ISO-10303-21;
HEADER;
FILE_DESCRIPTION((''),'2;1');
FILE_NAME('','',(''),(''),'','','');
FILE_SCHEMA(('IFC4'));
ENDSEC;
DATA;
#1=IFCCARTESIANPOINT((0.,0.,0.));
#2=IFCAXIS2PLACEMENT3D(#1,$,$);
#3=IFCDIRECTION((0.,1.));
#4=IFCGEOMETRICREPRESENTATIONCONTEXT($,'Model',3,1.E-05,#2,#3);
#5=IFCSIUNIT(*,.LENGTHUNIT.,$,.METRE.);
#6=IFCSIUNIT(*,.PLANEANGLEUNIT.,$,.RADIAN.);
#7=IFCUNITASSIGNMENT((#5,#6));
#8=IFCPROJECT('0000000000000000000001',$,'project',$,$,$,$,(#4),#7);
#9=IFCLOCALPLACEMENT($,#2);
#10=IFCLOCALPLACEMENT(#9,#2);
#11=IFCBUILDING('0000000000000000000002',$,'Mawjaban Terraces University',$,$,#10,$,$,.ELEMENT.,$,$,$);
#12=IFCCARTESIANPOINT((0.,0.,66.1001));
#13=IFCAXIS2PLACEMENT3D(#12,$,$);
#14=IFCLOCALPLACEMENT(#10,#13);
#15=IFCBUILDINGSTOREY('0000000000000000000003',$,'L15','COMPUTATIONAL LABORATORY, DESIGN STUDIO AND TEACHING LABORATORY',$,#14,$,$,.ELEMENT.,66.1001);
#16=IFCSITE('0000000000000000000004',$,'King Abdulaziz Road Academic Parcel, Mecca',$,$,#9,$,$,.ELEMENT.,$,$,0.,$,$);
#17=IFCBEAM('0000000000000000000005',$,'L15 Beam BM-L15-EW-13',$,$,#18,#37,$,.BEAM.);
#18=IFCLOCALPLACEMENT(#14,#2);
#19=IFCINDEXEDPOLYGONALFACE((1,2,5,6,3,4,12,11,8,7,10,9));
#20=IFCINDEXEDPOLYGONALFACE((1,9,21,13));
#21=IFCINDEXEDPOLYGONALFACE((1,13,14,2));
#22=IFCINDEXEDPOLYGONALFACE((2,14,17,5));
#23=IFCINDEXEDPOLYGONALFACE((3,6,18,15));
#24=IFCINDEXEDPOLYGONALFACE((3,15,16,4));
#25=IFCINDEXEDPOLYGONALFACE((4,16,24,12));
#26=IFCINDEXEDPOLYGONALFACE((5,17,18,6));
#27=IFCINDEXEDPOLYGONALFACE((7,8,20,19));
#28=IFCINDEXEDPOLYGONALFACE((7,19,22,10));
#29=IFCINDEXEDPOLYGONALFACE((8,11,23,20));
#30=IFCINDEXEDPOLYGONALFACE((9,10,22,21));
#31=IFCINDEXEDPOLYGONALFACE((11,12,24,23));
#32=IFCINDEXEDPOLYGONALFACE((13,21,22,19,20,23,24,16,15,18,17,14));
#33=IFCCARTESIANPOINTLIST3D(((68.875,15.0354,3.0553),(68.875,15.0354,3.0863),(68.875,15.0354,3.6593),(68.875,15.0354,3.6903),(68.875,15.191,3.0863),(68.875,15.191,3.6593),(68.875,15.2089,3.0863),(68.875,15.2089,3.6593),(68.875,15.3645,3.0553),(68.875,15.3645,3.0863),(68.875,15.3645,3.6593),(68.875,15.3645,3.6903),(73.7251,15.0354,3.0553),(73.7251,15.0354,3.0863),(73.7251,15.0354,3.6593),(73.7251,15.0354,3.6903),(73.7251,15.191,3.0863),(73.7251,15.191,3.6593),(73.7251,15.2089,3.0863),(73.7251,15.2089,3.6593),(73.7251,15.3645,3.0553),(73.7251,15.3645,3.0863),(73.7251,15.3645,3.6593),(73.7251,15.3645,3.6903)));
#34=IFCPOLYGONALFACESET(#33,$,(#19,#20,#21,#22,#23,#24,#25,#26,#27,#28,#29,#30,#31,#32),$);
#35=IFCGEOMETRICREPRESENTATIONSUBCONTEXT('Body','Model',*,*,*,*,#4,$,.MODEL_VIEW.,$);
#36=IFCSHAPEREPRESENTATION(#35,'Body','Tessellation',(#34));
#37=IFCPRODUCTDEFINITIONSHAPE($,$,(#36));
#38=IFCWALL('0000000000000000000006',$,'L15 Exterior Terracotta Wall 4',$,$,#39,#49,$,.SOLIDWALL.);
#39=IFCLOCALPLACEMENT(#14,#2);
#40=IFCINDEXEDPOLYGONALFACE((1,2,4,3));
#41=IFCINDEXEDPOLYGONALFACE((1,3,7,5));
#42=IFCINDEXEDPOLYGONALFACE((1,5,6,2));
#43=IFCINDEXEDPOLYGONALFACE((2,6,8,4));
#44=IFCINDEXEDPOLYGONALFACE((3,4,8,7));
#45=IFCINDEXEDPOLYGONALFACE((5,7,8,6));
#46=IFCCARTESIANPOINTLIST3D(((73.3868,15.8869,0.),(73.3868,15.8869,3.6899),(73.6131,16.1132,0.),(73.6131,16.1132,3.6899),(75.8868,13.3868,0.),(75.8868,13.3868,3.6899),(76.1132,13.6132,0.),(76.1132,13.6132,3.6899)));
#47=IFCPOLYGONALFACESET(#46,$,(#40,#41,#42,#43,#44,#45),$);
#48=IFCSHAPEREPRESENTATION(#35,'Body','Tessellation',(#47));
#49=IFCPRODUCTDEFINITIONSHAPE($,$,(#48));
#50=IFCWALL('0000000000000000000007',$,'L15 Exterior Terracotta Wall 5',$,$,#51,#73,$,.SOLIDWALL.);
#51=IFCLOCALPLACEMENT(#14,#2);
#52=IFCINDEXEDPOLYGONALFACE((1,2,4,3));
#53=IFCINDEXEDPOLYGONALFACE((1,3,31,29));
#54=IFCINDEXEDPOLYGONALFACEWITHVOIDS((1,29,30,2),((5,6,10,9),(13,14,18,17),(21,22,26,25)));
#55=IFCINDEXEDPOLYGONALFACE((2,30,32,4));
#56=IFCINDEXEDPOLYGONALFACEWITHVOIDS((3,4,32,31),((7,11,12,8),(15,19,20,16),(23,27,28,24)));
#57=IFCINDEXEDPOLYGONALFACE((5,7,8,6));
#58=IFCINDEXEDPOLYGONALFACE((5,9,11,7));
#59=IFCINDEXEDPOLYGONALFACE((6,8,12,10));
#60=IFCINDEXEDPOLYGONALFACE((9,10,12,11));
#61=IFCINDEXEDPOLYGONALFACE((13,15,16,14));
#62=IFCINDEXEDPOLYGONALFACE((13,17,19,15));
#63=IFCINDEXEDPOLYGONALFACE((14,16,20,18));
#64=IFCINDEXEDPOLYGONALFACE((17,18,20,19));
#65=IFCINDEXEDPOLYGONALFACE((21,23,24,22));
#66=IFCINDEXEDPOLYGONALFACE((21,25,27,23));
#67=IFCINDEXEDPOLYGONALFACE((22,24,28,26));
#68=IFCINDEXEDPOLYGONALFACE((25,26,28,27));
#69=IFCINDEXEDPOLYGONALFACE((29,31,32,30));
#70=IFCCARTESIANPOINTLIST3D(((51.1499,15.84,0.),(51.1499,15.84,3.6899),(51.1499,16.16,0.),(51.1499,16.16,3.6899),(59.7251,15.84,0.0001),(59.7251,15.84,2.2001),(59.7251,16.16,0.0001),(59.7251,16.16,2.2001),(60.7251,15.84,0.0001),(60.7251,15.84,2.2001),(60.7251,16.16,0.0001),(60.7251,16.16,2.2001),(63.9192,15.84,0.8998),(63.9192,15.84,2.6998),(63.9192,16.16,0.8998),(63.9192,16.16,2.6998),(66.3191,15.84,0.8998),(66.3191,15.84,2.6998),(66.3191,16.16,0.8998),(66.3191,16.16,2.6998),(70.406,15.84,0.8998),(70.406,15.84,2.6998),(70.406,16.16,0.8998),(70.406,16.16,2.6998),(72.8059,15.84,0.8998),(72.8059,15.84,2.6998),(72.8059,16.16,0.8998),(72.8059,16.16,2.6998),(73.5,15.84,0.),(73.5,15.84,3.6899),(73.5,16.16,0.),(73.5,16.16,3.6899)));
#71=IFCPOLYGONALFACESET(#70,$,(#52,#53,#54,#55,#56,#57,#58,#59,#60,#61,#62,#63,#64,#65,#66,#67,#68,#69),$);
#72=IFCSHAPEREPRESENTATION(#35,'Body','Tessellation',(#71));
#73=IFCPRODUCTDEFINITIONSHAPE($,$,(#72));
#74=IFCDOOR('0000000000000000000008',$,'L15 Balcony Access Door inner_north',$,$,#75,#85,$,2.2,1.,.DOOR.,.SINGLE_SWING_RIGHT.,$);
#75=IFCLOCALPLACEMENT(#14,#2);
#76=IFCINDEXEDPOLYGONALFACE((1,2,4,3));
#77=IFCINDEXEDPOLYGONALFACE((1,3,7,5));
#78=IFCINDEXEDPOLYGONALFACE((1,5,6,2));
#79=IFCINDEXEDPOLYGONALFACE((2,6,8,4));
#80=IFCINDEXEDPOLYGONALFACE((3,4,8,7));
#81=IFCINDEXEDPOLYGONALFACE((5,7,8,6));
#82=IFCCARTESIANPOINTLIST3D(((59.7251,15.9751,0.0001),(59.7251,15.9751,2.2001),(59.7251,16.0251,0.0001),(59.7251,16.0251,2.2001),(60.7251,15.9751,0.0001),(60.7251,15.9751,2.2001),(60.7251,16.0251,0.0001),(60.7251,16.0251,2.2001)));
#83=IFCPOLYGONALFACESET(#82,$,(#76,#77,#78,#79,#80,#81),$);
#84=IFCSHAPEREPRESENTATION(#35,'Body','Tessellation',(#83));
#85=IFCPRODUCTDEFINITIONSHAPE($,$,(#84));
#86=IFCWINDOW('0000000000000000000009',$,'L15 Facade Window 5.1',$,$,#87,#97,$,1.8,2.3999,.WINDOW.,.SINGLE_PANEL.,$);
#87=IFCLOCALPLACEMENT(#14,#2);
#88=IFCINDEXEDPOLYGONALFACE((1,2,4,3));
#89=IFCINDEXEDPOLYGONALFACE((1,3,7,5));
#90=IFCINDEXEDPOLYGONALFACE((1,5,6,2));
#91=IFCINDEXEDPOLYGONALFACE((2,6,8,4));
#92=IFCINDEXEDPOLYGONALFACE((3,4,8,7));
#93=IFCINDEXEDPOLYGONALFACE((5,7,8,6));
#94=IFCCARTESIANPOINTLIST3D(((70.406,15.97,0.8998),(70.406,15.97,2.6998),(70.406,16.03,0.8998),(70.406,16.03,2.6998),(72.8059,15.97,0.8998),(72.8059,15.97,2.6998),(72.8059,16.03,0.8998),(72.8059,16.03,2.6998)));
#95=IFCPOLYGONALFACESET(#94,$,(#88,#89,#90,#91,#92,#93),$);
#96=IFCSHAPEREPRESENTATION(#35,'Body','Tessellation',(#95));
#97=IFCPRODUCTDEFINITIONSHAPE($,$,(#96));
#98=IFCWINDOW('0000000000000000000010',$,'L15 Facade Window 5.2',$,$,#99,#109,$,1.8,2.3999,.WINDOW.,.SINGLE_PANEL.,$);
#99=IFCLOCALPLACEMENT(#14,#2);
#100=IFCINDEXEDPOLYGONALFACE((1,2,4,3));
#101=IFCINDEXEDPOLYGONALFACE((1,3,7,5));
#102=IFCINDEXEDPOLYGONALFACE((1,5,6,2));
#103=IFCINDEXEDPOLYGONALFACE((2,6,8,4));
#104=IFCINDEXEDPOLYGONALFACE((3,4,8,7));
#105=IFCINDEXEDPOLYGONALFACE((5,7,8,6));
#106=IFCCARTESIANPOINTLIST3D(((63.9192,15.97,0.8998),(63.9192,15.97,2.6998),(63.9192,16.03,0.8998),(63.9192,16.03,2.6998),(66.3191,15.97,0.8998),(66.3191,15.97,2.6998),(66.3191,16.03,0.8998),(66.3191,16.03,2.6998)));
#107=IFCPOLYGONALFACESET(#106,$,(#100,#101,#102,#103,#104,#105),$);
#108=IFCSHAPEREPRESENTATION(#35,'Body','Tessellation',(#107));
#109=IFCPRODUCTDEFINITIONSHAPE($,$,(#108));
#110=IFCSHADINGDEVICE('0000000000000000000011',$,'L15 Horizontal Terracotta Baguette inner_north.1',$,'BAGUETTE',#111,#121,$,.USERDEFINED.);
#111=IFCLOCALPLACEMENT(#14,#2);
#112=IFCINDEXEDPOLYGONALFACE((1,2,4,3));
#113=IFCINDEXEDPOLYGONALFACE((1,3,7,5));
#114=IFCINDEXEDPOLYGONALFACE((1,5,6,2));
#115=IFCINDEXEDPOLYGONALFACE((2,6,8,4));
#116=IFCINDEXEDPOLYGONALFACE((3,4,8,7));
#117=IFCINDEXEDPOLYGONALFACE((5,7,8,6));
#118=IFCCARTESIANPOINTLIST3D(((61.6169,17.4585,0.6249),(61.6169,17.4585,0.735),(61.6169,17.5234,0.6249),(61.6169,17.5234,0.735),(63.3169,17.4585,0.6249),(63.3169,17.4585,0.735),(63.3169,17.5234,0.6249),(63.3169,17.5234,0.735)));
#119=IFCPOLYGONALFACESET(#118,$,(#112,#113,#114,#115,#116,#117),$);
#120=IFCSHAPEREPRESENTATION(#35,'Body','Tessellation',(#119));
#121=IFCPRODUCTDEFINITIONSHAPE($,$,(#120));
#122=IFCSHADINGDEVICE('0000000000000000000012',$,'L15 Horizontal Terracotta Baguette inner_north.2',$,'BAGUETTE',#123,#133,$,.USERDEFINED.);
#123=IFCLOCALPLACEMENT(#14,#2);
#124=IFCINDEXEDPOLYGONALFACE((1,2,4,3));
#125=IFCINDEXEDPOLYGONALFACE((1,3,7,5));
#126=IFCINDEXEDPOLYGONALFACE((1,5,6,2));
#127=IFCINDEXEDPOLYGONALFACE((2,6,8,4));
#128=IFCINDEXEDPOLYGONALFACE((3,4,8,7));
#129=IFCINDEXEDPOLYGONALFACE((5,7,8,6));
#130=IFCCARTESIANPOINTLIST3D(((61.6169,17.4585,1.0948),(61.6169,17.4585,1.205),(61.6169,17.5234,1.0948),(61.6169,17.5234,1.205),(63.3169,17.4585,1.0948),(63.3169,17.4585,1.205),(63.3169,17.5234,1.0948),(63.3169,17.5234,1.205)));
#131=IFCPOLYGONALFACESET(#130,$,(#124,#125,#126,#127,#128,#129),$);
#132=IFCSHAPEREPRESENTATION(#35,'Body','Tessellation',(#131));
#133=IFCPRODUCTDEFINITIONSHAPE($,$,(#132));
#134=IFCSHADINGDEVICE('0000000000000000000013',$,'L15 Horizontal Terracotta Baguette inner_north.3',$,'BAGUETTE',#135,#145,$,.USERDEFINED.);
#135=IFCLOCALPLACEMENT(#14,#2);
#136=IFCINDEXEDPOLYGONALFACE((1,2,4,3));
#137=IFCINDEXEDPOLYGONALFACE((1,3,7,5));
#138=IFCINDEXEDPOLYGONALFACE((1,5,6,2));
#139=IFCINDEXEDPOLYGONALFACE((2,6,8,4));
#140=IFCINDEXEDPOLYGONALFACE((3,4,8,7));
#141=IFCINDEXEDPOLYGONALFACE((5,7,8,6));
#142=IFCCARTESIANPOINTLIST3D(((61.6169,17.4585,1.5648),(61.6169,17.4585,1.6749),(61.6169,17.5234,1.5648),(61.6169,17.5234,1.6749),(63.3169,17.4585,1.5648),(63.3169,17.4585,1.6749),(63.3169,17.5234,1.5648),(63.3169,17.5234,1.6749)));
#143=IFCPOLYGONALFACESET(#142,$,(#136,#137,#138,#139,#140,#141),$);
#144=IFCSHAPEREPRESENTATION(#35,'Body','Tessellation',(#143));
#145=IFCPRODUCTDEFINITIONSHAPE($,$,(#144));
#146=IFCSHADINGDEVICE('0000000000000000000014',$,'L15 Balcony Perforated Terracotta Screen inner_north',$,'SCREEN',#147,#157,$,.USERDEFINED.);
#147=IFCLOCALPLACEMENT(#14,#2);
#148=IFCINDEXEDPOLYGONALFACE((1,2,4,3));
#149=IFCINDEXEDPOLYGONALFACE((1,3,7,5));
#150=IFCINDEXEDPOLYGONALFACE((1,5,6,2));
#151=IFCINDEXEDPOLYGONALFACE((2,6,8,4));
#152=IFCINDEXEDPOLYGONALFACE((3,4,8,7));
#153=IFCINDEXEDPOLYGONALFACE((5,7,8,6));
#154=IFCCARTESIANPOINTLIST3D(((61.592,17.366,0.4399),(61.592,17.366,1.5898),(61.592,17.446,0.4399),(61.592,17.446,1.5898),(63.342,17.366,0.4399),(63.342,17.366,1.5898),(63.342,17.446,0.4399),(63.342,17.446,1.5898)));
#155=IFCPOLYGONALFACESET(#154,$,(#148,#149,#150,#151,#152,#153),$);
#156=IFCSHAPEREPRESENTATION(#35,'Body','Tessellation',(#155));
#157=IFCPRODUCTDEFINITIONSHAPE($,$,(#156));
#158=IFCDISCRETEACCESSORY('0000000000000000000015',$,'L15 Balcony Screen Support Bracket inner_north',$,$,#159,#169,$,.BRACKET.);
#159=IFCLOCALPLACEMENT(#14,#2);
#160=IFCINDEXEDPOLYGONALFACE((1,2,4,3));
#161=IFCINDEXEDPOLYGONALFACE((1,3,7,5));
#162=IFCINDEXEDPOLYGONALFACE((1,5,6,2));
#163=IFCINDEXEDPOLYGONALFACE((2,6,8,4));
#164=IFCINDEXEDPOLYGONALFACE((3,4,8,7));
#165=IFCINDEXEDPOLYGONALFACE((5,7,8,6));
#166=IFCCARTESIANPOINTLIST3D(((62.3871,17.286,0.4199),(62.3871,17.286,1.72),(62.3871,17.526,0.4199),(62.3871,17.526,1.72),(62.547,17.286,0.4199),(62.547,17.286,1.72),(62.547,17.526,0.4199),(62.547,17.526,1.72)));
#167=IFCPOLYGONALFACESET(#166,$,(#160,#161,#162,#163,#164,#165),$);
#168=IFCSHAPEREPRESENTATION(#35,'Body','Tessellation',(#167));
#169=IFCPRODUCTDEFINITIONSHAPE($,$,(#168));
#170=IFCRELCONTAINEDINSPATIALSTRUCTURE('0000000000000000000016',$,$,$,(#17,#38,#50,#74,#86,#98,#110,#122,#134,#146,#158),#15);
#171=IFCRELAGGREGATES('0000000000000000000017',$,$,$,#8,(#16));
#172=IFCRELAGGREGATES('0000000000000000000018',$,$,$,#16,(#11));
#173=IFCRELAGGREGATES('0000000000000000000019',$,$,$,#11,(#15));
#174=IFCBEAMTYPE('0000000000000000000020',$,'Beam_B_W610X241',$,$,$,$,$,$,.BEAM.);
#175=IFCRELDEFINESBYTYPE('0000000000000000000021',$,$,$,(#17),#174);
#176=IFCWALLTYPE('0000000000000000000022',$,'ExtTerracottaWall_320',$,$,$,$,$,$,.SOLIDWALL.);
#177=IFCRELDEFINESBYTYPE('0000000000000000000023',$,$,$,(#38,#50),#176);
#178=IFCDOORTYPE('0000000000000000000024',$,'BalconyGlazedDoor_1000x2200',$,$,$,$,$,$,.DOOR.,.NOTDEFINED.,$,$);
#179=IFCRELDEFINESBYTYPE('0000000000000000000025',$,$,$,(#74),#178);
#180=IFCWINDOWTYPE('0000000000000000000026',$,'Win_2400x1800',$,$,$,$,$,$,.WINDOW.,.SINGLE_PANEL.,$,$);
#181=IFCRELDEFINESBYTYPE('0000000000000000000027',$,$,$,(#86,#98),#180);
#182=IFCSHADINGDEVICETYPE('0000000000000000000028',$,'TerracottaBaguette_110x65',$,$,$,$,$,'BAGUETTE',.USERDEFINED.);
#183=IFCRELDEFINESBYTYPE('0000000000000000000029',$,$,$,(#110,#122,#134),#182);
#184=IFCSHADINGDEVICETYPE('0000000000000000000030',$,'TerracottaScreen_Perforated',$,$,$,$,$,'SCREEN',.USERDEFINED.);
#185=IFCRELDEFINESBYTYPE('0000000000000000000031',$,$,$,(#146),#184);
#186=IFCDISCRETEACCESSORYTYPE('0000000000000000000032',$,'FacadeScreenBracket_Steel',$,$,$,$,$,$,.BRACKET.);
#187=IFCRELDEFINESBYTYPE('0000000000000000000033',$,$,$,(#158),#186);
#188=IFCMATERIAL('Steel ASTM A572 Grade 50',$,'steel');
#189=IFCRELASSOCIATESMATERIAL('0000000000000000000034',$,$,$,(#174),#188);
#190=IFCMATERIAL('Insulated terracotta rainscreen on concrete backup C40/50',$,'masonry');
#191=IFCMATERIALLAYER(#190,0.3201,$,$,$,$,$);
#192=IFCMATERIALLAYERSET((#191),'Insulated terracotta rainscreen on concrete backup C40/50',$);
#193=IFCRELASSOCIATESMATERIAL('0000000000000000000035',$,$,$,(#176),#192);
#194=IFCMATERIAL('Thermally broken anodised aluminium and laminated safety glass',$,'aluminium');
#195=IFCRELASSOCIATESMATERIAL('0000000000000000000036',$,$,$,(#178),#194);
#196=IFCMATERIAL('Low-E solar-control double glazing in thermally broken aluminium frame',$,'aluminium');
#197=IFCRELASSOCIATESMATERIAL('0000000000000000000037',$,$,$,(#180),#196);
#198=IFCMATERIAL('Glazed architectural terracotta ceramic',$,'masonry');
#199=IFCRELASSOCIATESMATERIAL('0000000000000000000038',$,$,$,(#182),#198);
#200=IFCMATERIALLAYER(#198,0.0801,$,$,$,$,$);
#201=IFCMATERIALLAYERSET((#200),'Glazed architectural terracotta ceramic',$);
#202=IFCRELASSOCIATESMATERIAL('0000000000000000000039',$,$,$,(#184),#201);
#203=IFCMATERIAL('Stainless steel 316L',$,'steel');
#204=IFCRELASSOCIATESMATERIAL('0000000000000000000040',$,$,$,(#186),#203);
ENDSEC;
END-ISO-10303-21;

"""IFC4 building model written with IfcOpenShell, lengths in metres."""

from ifc_helpers import new_model, si_unit, direction, frame, frame_2d, origin, origin_2d, place, context, subcontext, project, spatial, rectangle, i_section, extrude, material, layer, layer_set, material_profile, profile_set, type_object, element, fill, save


model = new_model("IFC4")

# Units and contexts
model_context = context("Model", 3, precision=1e-05, world=origin(), true_north=direction((0.0, 1.0)))
body_context = subcontext(model_context, "Body", "Model", "MODEL_VIEW")
ifc_project = project(units=[si_unit("LENGTHUNIT", "METRE"), si_unit("PLANEANGLEUNIT", "RADIAN")], contexts=[model_context])

# Site, building, storey
site_placement = place(None, origin())
site = spatial("IfcSite", under=ifc_project, at=site_placement, Name="King Abdulaziz Road Academic Parcel, Mecca", CompositionType="ELEMENT", RefElevation=0.0)
building_placement = place(site_placement, origin())
building = spatial("IfcBuilding", under=site, at=building_placement, Name="Mawjaban Terraces University", CompositionType="ELEMENT")
storey_placement = place(building_placement, frame((0.0, 0.0, 66.1001)))
storey = spatial("IfcBuildingStorey", under=building, at=storey_placement, Name="L15", Description="COMPUTATIONAL LABORATORY, DESIGN STUDIO AND TEACHING LABORATORY", CompositionType="ELEMENT", Elevation=66.1001)

# Beam
ifc_material_1 = material(Name="Steel ASTM A572 Grade 50", Category="steel")
ifc_material_profile_1 = material_profile(ifc_material_1, i_section(OverallWidth=0.3291, OverallDepth=0.635, WebThickness=0.0178, FlangeThickness=0.031, at=origin_2d()), Name="W610X241")
ifc_profile_set_1 = profile_set([ifc_material_profile_1], Name="Steel ASTM A572 Grade 50")
beam_type_1 = type_object("IfcBeamType", Name="Beam_B_W610X241", PredefinedType="BEAM", material=ifc_profile_set_1)
beam_1_placement = place(storey_placement, frame((68.875, 15.2, 3.3728), z_axis=(1.0, 0.0, 0.0), x_axis=(0.0, 1.0, 0.0)))
element("IfcBeam", 1, at=beam_1_placement, inside=storey, type_object=beam_type_1, Name="L15 Beam BM-L15-EW-13", PredefinedType="BEAM", context=body_context, shape_type="SweptSolid", body=[
    extrude(i_section(OverallWidth=0.3291, OverallDepth=0.635, WebThickness=0.0178, FlangeThickness=0.031, at=origin_2d()), origin(), (0.0, 0.0, 1.0), 4.8501),
])

# Wall
ifc_material_2 = material(Name="Insulated terracotta rainscreen on concrete backup C40/50", Category="masonry")
ifc_layer_1 = layer(ifc_material_2, 0.3201)
ifc_layer_set_1 = layer_set([ifc_layer_1], Name="Insulated terracotta rainscreen on concrete backup C40/50")
wall_type = type_object("IfcWallType", Name="ExtTerracottaWall_320", PredefinedType="SOLIDWALL", material=ifc_layer_set_1)
wall_1_placement = place(storey_placement, frame((76.0, 13.5, 0.0), z_axis=(0.0, 0.0, 1.0), x_axis=(-0.707107, 0.707107, 0.0)))
element("IfcWall", 2, at=wall_1_placement, inside=storey, type_object=wall_type, Name="L15 Exterior Terracotta Wall 4", PredefinedType="SOLIDWALL", context=body_context, shape_type="SweptSolid", body=[
    extrude(rectangle(XDim=3.5356, YDim=0.3201, at=frame_2d((1.7678, 0.0))), origin(), (0.0, 0.0, 1.0), 3.6899),
])

# Wall, openings, door, windows
wall_2_placement = place(storey_placement, frame((73.5, 16.0, 0.0), z_axis=(0.0, 0.0, 1.0), x_axis=(-1.0, 0.0, 0.0)))
wall_2 = element("IfcWall", 3, at=wall_2_placement, inside=storey, type_object=wall_type, Name="L15 Exterior Terracotta Wall 5", PredefinedType="SOLIDWALL", context=body_context, shape_type="SweptSolid", body=[
    extrude(rectangle(XDim=22.3501, YDim=0.3201, at=frame_2d((11.175, 0.0))), origin(), (0.0, 0.0, 1.0), 3.6899),
])
opening_1_placement = place(wall_2_placement, frame((12.7749, 0.0, 0.0)))
opening_1 = element("IfcOpeningElement", 4, at=opening_1_placement, cuts=wall_2, PredefinedType="OPENING", context=body_context, shape_type="SweptSolid", body=[
    extrude(rectangle(XDim=1.0, YDim=2.2, at=frame_2d((0.5, 1.1001))), frame((0.0, 0.1699, 0.0), z_axis=(0.0, -1.0, 0.0), x_axis=(1.0, 0.0, 0.0)), (0.0, 0.0, 1.0), 0.3401),
])
opening_2_placement = place(wall_2_placement, frame((0.6941, 0.0, 0.8999)))
opening_2 = element("IfcOpeningElement", 5, at=opening_2_placement, cuts=wall_2, PredefinedType="OPENING", context=body_context, shape_type="SweptSolid", body=[
    extrude(rectangle(XDim=2.3999, YDim=1.8, at=frame_2d((1.2, 0.8999))), frame((0.0, 0.1699, 0.0), z_axis=(0.0, -1.0, 0.0), x_axis=(1.0, 0.0, 0.0)), (0.0, 0.0, 1.0), 0.3401),
])
opening_3_placement = place(wall_2_placement, frame((7.1809, 0.0, 0.8999)))
opening_3 = element("IfcOpeningElement", 6, at=opening_3_placement, cuts=wall_2, PredefinedType="OPENING", context=body_context, shape_type="SweptSolid", body=[
    extrude(rectangle(XDim=2.3999, YDim=1.8, at=frame_2d((1.2, 0.8999))), frame((0.0, 0.1699, 0.0), z_axis=(0.0, -1.0, 0.0), x_axis=(1.0, 0.0, 0.0)), (0.0, 0.0, 1.0), 0.3401),
])
ifc_material_3 = material(Name="Thermally broken anodised aluminium and laminated safety glass", Category="aluminium")
door_type = type_object("IfcDoorType", Name="BalconyGlazedDoor_1000x2200", OperationType="NOTDEFINED", PredefinedType="DOOR", material=ifc_material_3)
door_placement = place(opening_1_placement, origin())
door = element("IfcDoor", 7, at=door_placement, inside=storey, type_object=door_type, Name="L15 Balcony Access Door inner_north", OperationType="SINGLE_SWING_RIGHT", OverallHeight=2.2, OverallWidth=1.0, PredefinedType="DOOR", context=body_context, shape_type="SweptSolid", body=[
    extrude(rectangle(XDim=1.0, YDim=2.2, at=frame_2d((0.5, 1.1001))), frame((0.0, 0.0249, 0.0), z_axis=(0.0, -1.0, 0.0), x_axis=(1.0, 0.0, 0.0)), (0.0, 0.0, 1.0), 0.05),
])
fill(opening_1, door)
ifc_material_4 = material(Name="Low-E solar-control double glazing in thermally broken aluminium frame", Category="aluminium")
window_type = type_object("IfcWindowType", Name="Win_2400x1800", PartitioningType="SINGLE_PANEL", PredefinedType="WINDOW", material=ifc_material_4)
window_1_placement = place(opening_2_placement, origin())
window_1 = element("IfcWindow", 8, at=window_1_placement, inside=storey, type_object=window_type, Name="L15 Facade Window 5.1", OverallHeight=1.8, OverallWidth=2.3999, PartitioningType="SINGLE_PANEL", PredefinedType="WINDOW", context=body_context, shape_type="SweptSolid", body=[
    extrude(rectangle(XDim=2.3999, YDim=1.8, at=frame_2d((1.2, 0.8999))), frame((0.0, 0.03, 0.0), z_axis=(0.0, -1.0, 0.0), x_axis=(1.0, 0.0, 0.0)), (0.0, 0.0, 1.0), 0.0601),
])
fill(opening_2, window_1)
window_2_placement = place(opening_3_placement, origin())
window_2 = element("IfcWindow", 9, at=window_2_placement, inside=storey, type_object=window_type, Name="L15 Facade Window 5.2", OverallHeight=1.8, OverallWidth=2.3999, PartitioningType="SINGLE_PANEL", PredefinedType="WINDOW", context=body_context, shape_type="SweptSolid", body=[
    extrude(rectangle(XDim=2.3999, YDim=1.8, at=frame_2d((1.2, 0.8999))), frame((0.0, 0.03, 0.0), z_axis=(0.0, -1.0, 0.0), x_axis=(1.0, 0.0, 0.0)), (0.0, 0.0, 1.0), 0.0601),
])
fill(opening_3, window_2)

# Shading devices
ifc_material_5 = material(Name="Glazed architectural terracotta ceramic", Category="masonry")
ifc_material_profile_2 = material_profile(ifc_material_5, rectangle(XDim=0.0649, YDim=0.1101, at=origin_2d()), Name="TBAG110X65")
ifc_profile_set_2 = profile_set([ifc_material_profile_2], Name="Glazed architectural terracotta ceramic")
shading_device_type_1 = type_object("IfcShadingDeviceType", Name="TerracottaBaguette_110x65", ElementType="BAGUETTE", PredefinedType="USERDEFINED", material=ifc_profile_set_2)
for number, where, z_axis, x_axis, name in (
    (10, (61.6169, 17.491, 0.6799), (1.0, 0.0, 0.0), (0.0, 1.0, 0.0), "L15 Horizontal Terracotta Baguette inner_north.1"),
    (11, (61.6169, 17.491, 1.1499), (1.0, 0.0, 0.0), (0.0, 1.0, 0.0), "L15 Horizontal Terracotta Baguette inner_north.2"),
    (12, (61.6169, 17.491, 1.6199), (1.0, 0.0, 0.0), (0.0, 1.0, 0.0), "L15 Horizontal Terracotta Baguette inner_north.3"),
):
    element("IfcShadingDevice", number, at=place(storey_placement, frame(where, z_axis=z_axis, x_axis=x_axis)), inside=storey, type_object=shading_device_type_1, Name=name, ObjectType="BAGUETTE", PredefinedType="USERDEFINED", context=body_context, shape_type="SweptSolid", body=[
        extrude(rectangle(XDim=0.0649, YDim=0.1101, at=origin_2d()), origin(), (0.0, 0.0, 1.0), 1.7),
    ])
ifc_layer_2 = layer(ifc_material_5, 0.0801)
ifc_layer_set_2 = layer_set([ifc_layer_2], Name="Glazed architectural terracotta ceramic")
shading_device_type_2 = type_object("IfcShadingDeviceType", Name="TerracottaScreen_Perforated", ElementType="SCREEN", PredefinedType="USERDEFINED", material=ifc_layer_set_2)
shading_device_placement = place(storey_placement, frame((62.467, 17.406, 0.4399), z_axis=(0.0, 0.0, 1.0), x_axis=(1.0, 0.0, 0.0)))
element("IfcShadingDevice", 13, at=shading_device_placement, inside=storey, type_object=shading_device_type_2, Name="L15 Balcony Perforated Terracotta Screen inner_north", ObjectType="SCREEN", PredefinedType="USERDEFINED", context=body_context, shape_type="SweptSolid", body=[
    extrude(rectangle(XDim=1.75, YDim=0.0801, at=origin_2d()), origin(), (0.0, 0.0, 1.0), 1.1499),
])

# Discrete accessory
ifc_material_6 = material(Name="Stainless steel 316L", Category="steel")
discrete_accessory_type_1 = type_object("IfcDiscreteAccessoryType", Name="FacadeScreenBracket_Steel", PredefinedType="BRACKET", material=ifc_material_6)
discrete_accessory_1_placement = place(storey_placement, frame((62.467, 17.406, 0.4199), z_axis=(0.0, 0.0, 1.0), x_axis=(1.0, 0.0, 0.0)))
element("IfcDiscreteAccessory", 14, at=discrete_accessory_1_placement, inside=storey, type_object=discrete_accessory_type_1, Name="L15 Balcony Screen Support Bracket inner_north", PredefinedType="BRACKET", context=body_context, shape_type="SweptSolid", body=[
    extrude(rectangle(XDim=0.1599, YDim=0.24, at=origin_2d()), origin(), (0.0, 0.0, 1.0), 1.3),
])

save(model, "model.ifc")
